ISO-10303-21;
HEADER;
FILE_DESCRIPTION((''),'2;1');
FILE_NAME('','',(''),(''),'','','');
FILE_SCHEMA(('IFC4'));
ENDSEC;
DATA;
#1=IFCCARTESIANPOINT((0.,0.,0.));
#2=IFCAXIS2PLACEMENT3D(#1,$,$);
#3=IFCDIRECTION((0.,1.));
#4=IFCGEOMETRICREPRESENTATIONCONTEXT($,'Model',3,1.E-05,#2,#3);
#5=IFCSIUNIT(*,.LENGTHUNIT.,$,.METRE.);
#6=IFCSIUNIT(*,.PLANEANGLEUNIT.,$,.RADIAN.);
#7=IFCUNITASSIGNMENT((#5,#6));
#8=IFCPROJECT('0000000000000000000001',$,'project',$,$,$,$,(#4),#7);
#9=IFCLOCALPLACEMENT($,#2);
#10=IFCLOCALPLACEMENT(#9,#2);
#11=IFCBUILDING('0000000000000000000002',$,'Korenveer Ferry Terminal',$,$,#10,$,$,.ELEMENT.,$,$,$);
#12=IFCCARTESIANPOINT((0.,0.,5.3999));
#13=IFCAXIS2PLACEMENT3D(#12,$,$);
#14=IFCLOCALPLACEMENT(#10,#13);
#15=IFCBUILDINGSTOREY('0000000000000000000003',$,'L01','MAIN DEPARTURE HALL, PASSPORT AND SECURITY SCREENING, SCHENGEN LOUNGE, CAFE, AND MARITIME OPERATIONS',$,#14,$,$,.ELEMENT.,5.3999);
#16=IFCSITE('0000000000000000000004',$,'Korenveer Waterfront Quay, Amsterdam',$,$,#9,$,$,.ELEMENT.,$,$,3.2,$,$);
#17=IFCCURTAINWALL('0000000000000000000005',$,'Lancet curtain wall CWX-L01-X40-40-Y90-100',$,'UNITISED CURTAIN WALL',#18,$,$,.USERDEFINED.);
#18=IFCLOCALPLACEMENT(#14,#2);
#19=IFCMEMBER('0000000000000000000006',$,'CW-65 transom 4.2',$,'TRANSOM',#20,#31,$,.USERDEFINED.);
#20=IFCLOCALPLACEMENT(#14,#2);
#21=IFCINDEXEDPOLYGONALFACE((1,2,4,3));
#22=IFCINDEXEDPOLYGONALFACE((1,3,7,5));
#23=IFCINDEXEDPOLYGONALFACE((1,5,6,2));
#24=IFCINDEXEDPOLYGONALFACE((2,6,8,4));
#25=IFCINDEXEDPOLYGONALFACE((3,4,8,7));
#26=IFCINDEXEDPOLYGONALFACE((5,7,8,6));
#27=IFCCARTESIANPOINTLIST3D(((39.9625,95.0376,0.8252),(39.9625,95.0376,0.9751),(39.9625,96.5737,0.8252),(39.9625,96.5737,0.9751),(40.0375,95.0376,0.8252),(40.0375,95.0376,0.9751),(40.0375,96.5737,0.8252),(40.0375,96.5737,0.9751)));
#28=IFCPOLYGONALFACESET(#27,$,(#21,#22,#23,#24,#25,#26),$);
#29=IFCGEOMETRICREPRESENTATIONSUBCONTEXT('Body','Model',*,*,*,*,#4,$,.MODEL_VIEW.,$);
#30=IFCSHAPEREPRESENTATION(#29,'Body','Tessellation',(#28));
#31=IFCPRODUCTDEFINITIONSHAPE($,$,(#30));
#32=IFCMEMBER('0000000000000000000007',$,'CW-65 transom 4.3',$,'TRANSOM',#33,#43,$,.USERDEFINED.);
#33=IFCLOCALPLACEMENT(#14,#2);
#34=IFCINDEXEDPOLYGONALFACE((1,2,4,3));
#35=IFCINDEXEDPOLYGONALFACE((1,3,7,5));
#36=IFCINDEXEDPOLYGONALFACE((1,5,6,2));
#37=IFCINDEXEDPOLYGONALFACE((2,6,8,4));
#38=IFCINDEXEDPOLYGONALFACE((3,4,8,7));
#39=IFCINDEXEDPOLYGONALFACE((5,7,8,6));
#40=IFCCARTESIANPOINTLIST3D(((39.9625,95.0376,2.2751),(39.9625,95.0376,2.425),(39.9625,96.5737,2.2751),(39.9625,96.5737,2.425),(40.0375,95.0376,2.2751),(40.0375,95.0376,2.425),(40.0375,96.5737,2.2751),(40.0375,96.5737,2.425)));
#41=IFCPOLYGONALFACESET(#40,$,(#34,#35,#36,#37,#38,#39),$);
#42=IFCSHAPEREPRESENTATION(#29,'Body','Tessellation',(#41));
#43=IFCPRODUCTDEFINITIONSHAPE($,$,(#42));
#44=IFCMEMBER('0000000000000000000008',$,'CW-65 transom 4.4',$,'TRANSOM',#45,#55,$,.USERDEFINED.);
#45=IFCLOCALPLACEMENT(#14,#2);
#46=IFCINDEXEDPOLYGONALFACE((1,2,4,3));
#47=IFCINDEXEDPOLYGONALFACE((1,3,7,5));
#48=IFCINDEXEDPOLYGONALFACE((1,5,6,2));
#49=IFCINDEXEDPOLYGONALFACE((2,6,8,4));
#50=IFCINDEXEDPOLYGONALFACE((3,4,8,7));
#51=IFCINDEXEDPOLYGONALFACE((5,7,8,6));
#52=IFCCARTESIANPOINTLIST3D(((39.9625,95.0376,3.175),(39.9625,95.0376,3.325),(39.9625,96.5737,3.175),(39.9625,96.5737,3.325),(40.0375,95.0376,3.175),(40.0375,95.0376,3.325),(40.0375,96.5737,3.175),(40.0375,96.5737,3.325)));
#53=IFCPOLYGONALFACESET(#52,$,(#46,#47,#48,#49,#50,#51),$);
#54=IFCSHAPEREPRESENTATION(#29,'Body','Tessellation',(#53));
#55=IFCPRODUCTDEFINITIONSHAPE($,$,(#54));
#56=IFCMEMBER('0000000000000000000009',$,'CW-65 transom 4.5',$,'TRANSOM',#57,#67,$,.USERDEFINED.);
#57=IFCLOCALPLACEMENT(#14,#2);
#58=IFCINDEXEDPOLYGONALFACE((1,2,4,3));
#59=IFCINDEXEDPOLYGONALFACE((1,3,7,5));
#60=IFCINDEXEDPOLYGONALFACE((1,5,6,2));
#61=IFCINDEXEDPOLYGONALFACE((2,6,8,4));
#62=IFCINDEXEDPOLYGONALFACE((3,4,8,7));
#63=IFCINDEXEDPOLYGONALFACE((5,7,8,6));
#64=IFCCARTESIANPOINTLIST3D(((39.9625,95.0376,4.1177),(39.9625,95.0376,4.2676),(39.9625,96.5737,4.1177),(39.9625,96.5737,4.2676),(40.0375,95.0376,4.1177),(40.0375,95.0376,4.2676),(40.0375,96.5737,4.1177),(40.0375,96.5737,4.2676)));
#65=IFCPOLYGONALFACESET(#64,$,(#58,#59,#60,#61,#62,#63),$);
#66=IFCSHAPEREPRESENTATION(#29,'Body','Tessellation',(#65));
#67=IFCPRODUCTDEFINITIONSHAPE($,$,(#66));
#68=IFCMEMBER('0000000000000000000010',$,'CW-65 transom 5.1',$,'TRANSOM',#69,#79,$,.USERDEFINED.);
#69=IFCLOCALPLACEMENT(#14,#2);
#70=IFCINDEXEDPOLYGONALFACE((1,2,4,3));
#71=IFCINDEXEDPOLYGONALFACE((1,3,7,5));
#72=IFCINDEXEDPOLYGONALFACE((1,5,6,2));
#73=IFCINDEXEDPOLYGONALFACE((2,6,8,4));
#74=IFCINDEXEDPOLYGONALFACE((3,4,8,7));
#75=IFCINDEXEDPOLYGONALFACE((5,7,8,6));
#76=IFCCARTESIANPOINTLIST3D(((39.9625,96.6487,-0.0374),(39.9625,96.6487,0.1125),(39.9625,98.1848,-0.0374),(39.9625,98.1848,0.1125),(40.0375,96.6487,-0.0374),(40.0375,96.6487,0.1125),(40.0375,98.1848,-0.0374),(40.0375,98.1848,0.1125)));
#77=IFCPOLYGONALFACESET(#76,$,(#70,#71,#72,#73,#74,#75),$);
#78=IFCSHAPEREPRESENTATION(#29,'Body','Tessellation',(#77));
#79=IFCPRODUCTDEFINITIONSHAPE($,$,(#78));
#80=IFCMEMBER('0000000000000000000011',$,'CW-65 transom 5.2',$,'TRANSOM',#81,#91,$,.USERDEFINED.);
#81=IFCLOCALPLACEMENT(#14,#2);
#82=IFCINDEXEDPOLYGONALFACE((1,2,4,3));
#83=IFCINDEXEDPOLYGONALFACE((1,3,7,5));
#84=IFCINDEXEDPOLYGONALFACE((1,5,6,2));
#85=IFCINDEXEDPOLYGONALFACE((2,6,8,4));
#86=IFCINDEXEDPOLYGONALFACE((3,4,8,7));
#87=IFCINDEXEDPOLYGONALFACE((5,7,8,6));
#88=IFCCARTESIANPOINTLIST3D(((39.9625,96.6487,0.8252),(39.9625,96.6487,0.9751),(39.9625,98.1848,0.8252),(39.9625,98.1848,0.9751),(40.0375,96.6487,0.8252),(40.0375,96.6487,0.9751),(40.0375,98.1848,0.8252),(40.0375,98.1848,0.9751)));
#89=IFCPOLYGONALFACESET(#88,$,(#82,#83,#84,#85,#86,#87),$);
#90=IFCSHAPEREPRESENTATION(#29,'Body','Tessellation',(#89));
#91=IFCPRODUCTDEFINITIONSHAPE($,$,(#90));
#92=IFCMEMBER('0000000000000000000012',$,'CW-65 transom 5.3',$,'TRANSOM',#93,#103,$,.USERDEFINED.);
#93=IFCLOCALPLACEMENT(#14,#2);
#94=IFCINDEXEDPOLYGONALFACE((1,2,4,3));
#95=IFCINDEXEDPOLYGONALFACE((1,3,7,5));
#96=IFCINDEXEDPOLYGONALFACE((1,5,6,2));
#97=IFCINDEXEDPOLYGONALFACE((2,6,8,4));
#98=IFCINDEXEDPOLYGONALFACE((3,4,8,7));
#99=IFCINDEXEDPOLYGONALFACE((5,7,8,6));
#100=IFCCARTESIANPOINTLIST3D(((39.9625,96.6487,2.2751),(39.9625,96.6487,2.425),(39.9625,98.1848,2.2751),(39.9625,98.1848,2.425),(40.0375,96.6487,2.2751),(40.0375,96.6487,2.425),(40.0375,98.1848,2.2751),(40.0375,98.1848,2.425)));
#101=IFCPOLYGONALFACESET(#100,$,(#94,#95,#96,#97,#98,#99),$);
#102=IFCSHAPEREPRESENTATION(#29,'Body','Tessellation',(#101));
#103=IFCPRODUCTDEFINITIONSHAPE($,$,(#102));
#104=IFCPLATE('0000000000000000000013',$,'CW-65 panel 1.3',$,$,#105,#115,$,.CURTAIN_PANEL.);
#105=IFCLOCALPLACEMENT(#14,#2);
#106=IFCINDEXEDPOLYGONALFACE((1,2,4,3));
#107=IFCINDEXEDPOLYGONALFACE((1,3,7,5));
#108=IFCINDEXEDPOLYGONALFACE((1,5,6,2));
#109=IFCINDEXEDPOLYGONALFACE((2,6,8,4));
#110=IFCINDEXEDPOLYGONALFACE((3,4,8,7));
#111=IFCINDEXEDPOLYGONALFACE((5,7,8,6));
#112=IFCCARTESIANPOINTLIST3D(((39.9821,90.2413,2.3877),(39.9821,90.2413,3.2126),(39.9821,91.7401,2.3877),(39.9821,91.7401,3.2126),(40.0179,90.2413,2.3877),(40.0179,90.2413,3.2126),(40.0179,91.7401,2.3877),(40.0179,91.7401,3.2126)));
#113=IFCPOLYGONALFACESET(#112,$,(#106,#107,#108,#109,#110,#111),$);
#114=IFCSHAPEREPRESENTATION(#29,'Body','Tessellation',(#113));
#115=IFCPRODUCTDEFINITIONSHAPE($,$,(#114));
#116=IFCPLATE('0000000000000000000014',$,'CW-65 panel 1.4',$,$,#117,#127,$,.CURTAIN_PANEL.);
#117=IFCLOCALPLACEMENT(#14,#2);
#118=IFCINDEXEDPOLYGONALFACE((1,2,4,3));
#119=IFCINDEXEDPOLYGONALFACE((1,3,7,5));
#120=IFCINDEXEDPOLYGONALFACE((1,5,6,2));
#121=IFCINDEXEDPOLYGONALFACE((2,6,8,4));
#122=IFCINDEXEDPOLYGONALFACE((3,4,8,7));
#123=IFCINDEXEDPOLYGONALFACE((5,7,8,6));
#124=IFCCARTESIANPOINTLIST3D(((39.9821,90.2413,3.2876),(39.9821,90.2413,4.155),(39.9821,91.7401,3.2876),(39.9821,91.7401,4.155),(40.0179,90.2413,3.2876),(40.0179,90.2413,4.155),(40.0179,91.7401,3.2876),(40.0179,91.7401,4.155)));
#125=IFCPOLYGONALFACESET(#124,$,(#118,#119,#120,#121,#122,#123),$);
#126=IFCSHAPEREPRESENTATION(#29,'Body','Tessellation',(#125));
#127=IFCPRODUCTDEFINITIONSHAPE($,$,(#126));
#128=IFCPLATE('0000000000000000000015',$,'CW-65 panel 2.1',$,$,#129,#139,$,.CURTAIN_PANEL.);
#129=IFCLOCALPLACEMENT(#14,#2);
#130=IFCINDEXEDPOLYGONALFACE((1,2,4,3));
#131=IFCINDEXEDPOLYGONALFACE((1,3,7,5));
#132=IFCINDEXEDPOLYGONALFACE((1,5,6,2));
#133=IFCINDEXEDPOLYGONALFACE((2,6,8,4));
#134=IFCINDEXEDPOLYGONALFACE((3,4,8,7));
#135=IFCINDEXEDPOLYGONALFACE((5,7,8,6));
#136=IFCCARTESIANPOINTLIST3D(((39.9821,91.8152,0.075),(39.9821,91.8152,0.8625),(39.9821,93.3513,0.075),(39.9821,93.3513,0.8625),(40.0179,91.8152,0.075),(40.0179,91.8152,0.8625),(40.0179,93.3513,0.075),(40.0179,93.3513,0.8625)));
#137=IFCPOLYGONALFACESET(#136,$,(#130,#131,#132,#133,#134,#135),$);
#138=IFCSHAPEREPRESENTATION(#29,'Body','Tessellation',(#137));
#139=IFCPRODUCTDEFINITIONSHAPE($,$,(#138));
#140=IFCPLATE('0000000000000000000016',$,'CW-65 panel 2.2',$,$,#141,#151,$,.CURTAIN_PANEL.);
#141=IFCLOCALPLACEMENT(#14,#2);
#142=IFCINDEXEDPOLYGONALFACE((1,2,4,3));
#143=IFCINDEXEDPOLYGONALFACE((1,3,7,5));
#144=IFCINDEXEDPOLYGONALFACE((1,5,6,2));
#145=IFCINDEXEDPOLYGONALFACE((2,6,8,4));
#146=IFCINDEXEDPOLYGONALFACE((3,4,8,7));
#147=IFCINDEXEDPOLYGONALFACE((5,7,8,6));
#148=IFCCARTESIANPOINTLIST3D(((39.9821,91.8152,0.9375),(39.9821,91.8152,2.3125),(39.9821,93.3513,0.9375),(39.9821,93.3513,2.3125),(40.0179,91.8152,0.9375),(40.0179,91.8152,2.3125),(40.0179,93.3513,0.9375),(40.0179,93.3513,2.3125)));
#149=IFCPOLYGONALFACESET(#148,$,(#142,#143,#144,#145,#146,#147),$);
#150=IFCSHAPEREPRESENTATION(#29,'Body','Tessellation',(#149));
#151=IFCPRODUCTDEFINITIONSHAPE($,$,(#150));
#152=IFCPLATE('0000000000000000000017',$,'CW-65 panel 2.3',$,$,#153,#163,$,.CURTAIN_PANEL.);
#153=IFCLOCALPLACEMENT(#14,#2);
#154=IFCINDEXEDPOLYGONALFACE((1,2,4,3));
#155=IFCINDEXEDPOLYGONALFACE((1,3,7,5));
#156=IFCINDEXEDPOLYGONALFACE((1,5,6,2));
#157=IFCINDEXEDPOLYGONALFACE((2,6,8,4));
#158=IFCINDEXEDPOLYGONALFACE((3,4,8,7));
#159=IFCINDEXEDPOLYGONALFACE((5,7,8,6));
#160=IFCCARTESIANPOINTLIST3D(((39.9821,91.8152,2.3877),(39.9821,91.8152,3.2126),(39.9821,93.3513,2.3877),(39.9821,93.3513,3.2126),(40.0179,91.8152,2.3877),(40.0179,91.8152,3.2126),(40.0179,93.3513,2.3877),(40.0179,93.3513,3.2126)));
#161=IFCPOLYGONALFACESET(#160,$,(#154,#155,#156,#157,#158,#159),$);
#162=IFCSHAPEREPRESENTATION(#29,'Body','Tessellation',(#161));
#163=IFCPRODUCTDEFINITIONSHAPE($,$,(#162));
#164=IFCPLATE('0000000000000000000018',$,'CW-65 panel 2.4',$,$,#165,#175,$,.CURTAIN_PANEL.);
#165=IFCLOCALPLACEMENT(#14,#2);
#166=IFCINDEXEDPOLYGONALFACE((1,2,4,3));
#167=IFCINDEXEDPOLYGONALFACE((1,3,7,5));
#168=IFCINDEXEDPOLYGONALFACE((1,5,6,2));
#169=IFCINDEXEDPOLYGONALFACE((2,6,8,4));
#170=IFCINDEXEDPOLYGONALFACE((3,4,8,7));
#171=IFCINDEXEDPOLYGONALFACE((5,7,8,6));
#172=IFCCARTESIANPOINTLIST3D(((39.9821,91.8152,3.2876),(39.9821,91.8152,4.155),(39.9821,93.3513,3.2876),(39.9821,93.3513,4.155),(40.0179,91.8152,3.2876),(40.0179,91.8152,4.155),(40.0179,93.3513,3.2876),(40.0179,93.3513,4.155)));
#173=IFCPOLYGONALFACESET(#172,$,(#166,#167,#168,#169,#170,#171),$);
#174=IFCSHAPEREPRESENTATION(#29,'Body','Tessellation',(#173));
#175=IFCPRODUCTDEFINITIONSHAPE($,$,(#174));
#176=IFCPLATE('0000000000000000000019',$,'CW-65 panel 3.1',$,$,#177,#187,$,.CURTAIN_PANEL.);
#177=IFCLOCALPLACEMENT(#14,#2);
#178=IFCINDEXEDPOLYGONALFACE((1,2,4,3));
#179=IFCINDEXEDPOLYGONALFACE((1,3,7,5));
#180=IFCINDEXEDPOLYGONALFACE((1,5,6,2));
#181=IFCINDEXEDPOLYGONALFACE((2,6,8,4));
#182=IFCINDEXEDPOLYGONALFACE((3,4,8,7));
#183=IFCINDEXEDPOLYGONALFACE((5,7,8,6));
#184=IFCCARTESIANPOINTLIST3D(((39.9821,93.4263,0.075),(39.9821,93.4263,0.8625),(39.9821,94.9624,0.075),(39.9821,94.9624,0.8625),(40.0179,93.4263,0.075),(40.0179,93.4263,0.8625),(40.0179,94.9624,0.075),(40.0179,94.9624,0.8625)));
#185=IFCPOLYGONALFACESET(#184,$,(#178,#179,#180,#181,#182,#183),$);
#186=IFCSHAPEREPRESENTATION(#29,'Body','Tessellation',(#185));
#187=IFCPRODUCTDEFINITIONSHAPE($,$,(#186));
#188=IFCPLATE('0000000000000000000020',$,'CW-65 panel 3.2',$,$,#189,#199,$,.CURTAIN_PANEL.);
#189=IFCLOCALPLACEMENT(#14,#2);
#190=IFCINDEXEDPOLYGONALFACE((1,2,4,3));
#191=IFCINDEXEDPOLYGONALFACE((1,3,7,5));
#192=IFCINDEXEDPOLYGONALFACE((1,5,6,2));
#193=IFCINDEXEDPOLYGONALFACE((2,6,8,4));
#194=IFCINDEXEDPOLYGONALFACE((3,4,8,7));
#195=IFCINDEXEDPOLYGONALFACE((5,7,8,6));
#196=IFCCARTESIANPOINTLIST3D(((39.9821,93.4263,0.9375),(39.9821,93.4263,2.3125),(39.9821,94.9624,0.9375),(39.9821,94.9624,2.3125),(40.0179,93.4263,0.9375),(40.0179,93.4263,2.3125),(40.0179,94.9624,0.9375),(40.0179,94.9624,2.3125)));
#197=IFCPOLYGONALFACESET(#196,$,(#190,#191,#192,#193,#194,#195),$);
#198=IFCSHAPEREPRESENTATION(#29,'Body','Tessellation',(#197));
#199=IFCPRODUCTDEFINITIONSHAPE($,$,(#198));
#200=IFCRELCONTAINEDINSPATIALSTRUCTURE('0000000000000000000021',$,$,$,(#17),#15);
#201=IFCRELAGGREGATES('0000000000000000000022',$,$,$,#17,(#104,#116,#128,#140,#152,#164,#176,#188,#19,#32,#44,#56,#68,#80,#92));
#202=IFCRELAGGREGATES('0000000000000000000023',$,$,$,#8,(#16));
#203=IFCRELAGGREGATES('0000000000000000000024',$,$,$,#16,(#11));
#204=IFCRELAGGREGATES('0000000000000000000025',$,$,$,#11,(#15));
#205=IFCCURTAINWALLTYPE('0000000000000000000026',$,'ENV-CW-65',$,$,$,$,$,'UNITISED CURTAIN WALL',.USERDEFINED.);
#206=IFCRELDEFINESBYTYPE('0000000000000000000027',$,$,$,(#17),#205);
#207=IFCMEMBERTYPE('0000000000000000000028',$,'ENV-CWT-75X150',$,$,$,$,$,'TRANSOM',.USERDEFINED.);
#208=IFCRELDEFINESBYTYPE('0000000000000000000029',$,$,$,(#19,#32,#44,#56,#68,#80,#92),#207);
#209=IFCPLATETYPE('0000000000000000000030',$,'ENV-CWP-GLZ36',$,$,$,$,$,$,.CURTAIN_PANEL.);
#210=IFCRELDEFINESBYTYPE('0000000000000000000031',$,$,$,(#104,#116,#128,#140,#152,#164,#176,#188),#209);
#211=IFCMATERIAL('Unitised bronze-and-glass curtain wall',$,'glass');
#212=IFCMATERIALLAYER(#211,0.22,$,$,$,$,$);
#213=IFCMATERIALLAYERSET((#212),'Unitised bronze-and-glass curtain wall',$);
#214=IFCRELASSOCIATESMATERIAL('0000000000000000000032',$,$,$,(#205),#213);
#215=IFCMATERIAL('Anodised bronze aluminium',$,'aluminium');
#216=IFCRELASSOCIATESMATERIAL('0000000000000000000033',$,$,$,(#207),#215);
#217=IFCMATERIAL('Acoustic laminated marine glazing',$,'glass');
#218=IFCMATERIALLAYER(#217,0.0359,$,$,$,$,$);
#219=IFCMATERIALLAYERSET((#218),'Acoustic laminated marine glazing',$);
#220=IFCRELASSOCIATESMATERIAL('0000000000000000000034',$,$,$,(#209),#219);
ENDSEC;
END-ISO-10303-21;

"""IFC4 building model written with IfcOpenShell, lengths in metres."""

from ifc_helpers import new_model, si_unit, direction, frame, origin, origin_2d, place, context, subcontext, project, spatial, rectangle, extrude, material, layer, layer_set, material_profile, profile_set, type_object, element, aggregate, save


model = new_model("IFC4")

# Units and contexts
model_context = context("Model", 3, precision=1e-05, world=origin(), true_north=direction((0.0, 1.0)))
body_context = subcontext(model_context, "Body", "Model", "MODEL_VIEW")
ifc_project = project(units=[si_unit("LENGTHUNIT", "METRE"), si_unit("PLANEANGLEUNIT", "RADIAN")], contexts=[model_context])

# Site, building, storey
site_placement = place(None, origin())
site = spatial("IfcSite", under=ifc_project, at=site_placement, Name="Korenveer Waterfront Quay, Amsterdam", CompositionType="ELEMENT", RefElevation=3.2)
building_placement = place(site_placement, origin())
building = spatial("IfcBuilding", under=site, at=building_placement, Name="Korenveer Ferry Terminal", CompositionType="ELEMENT")
storey_placement = place(building_placement, frame((0.0, 0.0, 5.3999)))
storey = spatial("IfcBuildingStorey", under=building, at=storey_placement, Name="L01", Description="MAIN DEPARTURE HALL, PASSPORT AND SECURITY SCREENING, SCHENGEN LOUNGE, CAFE, AND MARITIME OPERATIONS", CompositionType="ELEMENT", Elevation=5.3999)

# Curtain wall, members, plates
ifc_material_1 = material(Name="Unitised bronze-and-glass curtain wall", Category="glass")
ifc_layer_1 = layer(ifc_material_1, 0.22)
ifc_layer_set_1 = layer_set([ifc_layer_1], Name="Unitised bronze-and-glass curtain wall")
curtain_wall_type = type_object("IfcCurtainWallType", Name="ENV-CW-65", ElementType="UNITISED CURTAIN WALL", PredefinedType="USERDEFINED", material=ifc_layer_set_1)
curtain_wall_placement = place(storey_placement, frame((40.0, 90.1665, 0.0)))
curtain_wall = element("IfcCurtainWall", 1, at=curtain_wall_placement, inside=storey, type_object=curtain_wall_type, Name="Lancet curtain wall CWX-L01-X40-40-Y90-100", ObjectType="UNITISED CURTAIN WALL", PredefinedType="USERDEFINED")
ifc_material_2 = material(Name="Anodised bronze aluminium", Category="aluminium")
ifc_material_profile_1 = material_profile(ifc_material_2, rectangle(XDim=0.075, YDim=0.1499, at=origin_2d()), Name="ALU 75x150")
ifc_profile_set_1 = profile_set([ifc_material_profile_1], Name="Anodised bronze aluminium")
member_type_1 = type_object("IfcMemberType", Name="ENV-CWT-75X150", ElementType="TRANSOM", PredefinedType="USERDEFINED", material=ifc_profile_set_1)
member_1_placement = place(storey_placement, frame((40.0, 95.0376, 0.9001), z_axis=(0.0, 1.0, 0.0), x_axis=(-1.0, 0.0, 0.0)))
member_1 = element("IfcMember", 2, at=member_1_placement, type_object=member_type_1, Name="CW-65 transom 4.2", ObjectType="TRANSOM", PredefinedType="USERDEFINED", context=body_context, shape_type="SweptSolid", body=[
    extrude(rectangle(XDim=0.075, YDim=0.1499, at=origin_2d()), origin(), (0.0, 0.0, 1.0), 1.5361),
])
member_2_placement = place(storey_placement, frame((40.0, 95.0376, 2.3501), z_axis=(0.0, 1.0, 0.0), x_axis=(-1.0, 0.0, 0.0)))
member_2 = element("IfcMember", 3, at=member_2_placement, type_object=member_type_1, Name="CW-65 transom 4.3", ObjectType="TRANSOM", PredefinedType="USERDEFINED", context=body_context, shape_type="SweptSolid", body=[
    extrude(rectangle(XDim=0.075, YDim=0.1499, at=origin_2d()), origin(), (0.0, 0.0, 1.0), 1.5361),
])
member_3_placement = place(storey_placement, frame((40.0, 95.0376, 3.25), z_axis=(0.0, 1.0, 0.0), x_axis=(-1.0, 0.0, 0.0)))
member_3 = element("IfcMember", 4, at=member_3_placement, type_object=member_type_1, Name="CW-65 transom 4.4", ObjectType="TRANSOM", PredefinedType="USERDEFINED", context=body_context, shape_type="SweptSolid", body=[
    extrude(rectangle(XDim=0.075, YDim=0.1499, at=origin_2d()), origin(), (0.0, 0.0, 1.0), 1.5361),
])
member_4_placement = place(storey_placement, frame((40.0, 95.0376, 4.1926), z_axis=(0.0, 1.0, 0.0), x_axis=(-1.0, 0.0, 0.0)))
member_4 = element("IfcMember", 5, at=member_4_placement, type_object=member_type_1, Name="CW-65 transom 4.5", ObjectType="TRANSOM", PredefinedType="USERDEFINED", context=body_context, shape_type="SweptSolid", body=[
    extrude(rectangle(XDim=0.075, YDim=0.1499, at=origin_2d()), origin(), (0.0, 0.0, 1.0), 1.5361),
])
member_5_placement = place(storey_placement, frame((40.0, 96.6487, 0.0376), z_axis=(0.0, 1.0, 0.0), x_axis=(-1.0, 0.0, 0.0)))
member_5 = element("IfcMember", 6, at=member_5_placement, type_object=member_type_1, Name="CW-65 transom 5.1", ObjectType="TRANSOM", PredefinedType="USERDEFINED", context=body_context, shape_type="SweptSolid", body=[
    extrude(rectangle(XDim=0.075, YDim=0.1499, at=origin_2d()), origin(), (0.0, 0.0, 1.0), 1.5361),
])
member_6_placement = place(storey_placement, frame((40.0, 96.6487, 0.9001), z_axis=(0.0, 1.0, 0.0), x_axis=(-1.0, 0.0, 0.0)))
member_6 = element("IfcMember", 7, at=member_6_placement, type_object=member_type_1, Name="CW-65 transom 5.2", ObjectType="TRANSOM", PredefinedType="USERDEFINED", context=body_context, shape_type="SweptSolid", body=[
    extrude(rectangle(XDim=0.075, YDim=0.1499, at=origin_2d()), origin(), (0.0, 0.0, 1.0), 1.5361),
])
member_7_placement = place(storey_placement, frame((40.0, 96.6487, 2.3501), z_axis=(0.0, 1.0, 0.0), x_axis=(-1.0, 0.0, 0.0)))
member_7 = element("IfcMember", 8, at=member_7_placement, type_object=member_type_1, Name="CW-65 transom 5.3", ObjectType="TRANSOM", PredefinedType="USERDEFINED", context=body_context, shape_type="SweptSolid", body=[
    extrude(rectangle(XDim=0.075, YDim=0.1499, at=origin_2d()), origin(), (0.0, 0.0, 1.0), 1.5361),
])
ifc_material_3 = material(Name="Acoustic laminated marine glazing", Category="glass")
ifc_layer_2 = layer(ifc_material_3, 0.0359)
ifc_layer_set_2 = layer_set([ifc_layer_2], Name="Acoustic laminated marine glazing")
plate_type = type_object("IfcPlateType", Name="ENV-CWP-GLZ36", PredefinedType="CURTAIN_PANEL", material=ifc_layer_set_2)
plate_1_placement = place(storey_placement, frame((40.0, 90.9907, 2.3877), z_axis=(0.0, 0.0, 1.0), x_axis=(0.0, 1.0, 0.0)))
plate_1 = element("IfcPlate", 9, at=plate_1_placement, type_object=plate_type, Name="CW-65 panel 1.3", PredefinedType="CURTAIN_PANEL", context=body_context, shape_type="SweptSolid", body=[
    extrude(rectangle(XDim=1.4988, YDim=0.0359, at=origin_2d()), origin(), (0.0, 0.0, 1.0), 0.825),
])
plate_2_placement = place(storey_placement, frame((40.0, 90.9907, 3.2876), z_axis=(0.0, 0.0, 1.0), x_axis=(0.0, 1.0, 0.0)))
plate_2 = element("IfcPlate", 10, at=plate_2_placement, type_object=plate_type, Name="CW-65 panel 1.4", PredefinedType="CURTAIN_PANEL", context=body_context, shape_type="SweptSolid", body=[
    extrude(rectangle(XDim=1.4988, YDim=0.0359, at=origin_2d()), origin(), (0.0, 0.0, 1.0), 0.8674),
])
plate_3_placement = place(storey_placement, frame((40.0, 92.5833, 0.075), z_axis=(0.0, 0.0, 1.0), x_axis=(0.0, 1.0, 0.0)))
plate_3 = element("IfcPlate", 11, at=plate_3_placement, type_object=plate_type, Name="CW-65 panel 2.1", PredefinedType="CURTAIN_PANEL", context=body_context, shape_type="SweptSolid", body=[
    extrude(rectangle(XDim=1.5361, YDim=0.0359, at=origin_2d()), origin(), (0.0, 0.0, 1.0), 0.7876),
])
plate_4_placement = place(storey_placement, frame((40.0, 92.5833, 0.9375), z_axis=(0.0, 0.0, 1.0), x_axis=(0.0, 1.0, 0.0)))
plate_4 = element("IfcPlate", 12, at=plate_4_placement, type_object=plate_type, Name="CW-65 panel 2.2", PredefinedType="CURTAIN_PANEL", context=body_context, shape_type="SweptSolid", body=[
    extrude(rectangle(XDim=1.5361, YDim=0.0359, at=origin_2d()), origin(), (0.0, 0.0, 1.0), 1.375),
])
plate_5_placement = place(storey_placement, frame((40.0, 92.5833, 2.3877), z_axis=(0.0, 0.0, 1.0), x_axis=(0.0, 1.0, 0.0)))
plate_5 = element("IfcPlate", 13, at=plate_5_placement, type_object=plate_type, Name="CW-65 panel 2.3", PredefinedType="CURTAIN_PANEL", context=body_context, shape_type="SweptSolid", body=[
    extrude(rectangle(XDim=1.5361, YDim=0.0359, at=origin_2d()), origin(), (0.0, 0.0, 1.0), 0.825),
])
plate_6_placement = place(storey_placement, frame((40.0, 92.5833, 3.2876), z_axis=(0.0, 0.0, 1.0), x_axis=(0.0, 1.0, 0.0)))
plate_6 = element("IfcPlate", 14, at=plate_6_placement, type_object=plate_type, Name="CW-65 panel 2.4", PredefinedType="CURTAIN_PANEL", context=body_context, shape_type="SweptSolid", body=[
    extrude(rectangle(XDim=1.5361, YDim=0.0359, at=origin_2d()), origin(), (0.0, 0.0, 1.0), 0.8674),
])
plate_7_placement = place(storey_placement, frame((40.0, 94.1943, 0.075), z_axis=(0.0, 0.0, 1.0), x_axis=(0.0, 1.0, 0.0)))
plate_7 = element("IfcPlate", 15, at=plate_7_placement, type_object=plate_type, Name="CW-65 panel 3.1", PredefinedType="CURTAIN_PANEL", context=body_context, shape_type="SweptSolid", body=[
    extrude(rectangle(XDim=1.5361, YDim=0.0359, at=origin_2d()), origin(), (0.0, 0.0, 1.0), 0.7876),
])
plate_8_placement = place(storey_placement, frame((40.0, 94.1943, 0.9375), z_axis=(0.0, 0.0, 1.0), x_axis=(0.0, 1.0, 0.0)))
plate_8 = element("IfcPlate", 16, at=plate_8_placement, type_object=plate_type, Name="CW-65 panel 3.2", PredefinedType="CURTAIN_PANEL", context=body_context, shape_type="SweptSolid", body=[
    extrude(rectangle(XDim=1.5361, YDim=0.0359, at=origin_2d()), origin(), (0.0, 0.0, 1.0), 1.375),
])
aggregate(curtain_wall, [plate_1, plate_2, plate_3, plate_4, plate_5, plate_6, plate_7, plate_8, member_1, member_2, member_3, member_4, member_5, member_6, member_7])

save(model, "model.ifc")
